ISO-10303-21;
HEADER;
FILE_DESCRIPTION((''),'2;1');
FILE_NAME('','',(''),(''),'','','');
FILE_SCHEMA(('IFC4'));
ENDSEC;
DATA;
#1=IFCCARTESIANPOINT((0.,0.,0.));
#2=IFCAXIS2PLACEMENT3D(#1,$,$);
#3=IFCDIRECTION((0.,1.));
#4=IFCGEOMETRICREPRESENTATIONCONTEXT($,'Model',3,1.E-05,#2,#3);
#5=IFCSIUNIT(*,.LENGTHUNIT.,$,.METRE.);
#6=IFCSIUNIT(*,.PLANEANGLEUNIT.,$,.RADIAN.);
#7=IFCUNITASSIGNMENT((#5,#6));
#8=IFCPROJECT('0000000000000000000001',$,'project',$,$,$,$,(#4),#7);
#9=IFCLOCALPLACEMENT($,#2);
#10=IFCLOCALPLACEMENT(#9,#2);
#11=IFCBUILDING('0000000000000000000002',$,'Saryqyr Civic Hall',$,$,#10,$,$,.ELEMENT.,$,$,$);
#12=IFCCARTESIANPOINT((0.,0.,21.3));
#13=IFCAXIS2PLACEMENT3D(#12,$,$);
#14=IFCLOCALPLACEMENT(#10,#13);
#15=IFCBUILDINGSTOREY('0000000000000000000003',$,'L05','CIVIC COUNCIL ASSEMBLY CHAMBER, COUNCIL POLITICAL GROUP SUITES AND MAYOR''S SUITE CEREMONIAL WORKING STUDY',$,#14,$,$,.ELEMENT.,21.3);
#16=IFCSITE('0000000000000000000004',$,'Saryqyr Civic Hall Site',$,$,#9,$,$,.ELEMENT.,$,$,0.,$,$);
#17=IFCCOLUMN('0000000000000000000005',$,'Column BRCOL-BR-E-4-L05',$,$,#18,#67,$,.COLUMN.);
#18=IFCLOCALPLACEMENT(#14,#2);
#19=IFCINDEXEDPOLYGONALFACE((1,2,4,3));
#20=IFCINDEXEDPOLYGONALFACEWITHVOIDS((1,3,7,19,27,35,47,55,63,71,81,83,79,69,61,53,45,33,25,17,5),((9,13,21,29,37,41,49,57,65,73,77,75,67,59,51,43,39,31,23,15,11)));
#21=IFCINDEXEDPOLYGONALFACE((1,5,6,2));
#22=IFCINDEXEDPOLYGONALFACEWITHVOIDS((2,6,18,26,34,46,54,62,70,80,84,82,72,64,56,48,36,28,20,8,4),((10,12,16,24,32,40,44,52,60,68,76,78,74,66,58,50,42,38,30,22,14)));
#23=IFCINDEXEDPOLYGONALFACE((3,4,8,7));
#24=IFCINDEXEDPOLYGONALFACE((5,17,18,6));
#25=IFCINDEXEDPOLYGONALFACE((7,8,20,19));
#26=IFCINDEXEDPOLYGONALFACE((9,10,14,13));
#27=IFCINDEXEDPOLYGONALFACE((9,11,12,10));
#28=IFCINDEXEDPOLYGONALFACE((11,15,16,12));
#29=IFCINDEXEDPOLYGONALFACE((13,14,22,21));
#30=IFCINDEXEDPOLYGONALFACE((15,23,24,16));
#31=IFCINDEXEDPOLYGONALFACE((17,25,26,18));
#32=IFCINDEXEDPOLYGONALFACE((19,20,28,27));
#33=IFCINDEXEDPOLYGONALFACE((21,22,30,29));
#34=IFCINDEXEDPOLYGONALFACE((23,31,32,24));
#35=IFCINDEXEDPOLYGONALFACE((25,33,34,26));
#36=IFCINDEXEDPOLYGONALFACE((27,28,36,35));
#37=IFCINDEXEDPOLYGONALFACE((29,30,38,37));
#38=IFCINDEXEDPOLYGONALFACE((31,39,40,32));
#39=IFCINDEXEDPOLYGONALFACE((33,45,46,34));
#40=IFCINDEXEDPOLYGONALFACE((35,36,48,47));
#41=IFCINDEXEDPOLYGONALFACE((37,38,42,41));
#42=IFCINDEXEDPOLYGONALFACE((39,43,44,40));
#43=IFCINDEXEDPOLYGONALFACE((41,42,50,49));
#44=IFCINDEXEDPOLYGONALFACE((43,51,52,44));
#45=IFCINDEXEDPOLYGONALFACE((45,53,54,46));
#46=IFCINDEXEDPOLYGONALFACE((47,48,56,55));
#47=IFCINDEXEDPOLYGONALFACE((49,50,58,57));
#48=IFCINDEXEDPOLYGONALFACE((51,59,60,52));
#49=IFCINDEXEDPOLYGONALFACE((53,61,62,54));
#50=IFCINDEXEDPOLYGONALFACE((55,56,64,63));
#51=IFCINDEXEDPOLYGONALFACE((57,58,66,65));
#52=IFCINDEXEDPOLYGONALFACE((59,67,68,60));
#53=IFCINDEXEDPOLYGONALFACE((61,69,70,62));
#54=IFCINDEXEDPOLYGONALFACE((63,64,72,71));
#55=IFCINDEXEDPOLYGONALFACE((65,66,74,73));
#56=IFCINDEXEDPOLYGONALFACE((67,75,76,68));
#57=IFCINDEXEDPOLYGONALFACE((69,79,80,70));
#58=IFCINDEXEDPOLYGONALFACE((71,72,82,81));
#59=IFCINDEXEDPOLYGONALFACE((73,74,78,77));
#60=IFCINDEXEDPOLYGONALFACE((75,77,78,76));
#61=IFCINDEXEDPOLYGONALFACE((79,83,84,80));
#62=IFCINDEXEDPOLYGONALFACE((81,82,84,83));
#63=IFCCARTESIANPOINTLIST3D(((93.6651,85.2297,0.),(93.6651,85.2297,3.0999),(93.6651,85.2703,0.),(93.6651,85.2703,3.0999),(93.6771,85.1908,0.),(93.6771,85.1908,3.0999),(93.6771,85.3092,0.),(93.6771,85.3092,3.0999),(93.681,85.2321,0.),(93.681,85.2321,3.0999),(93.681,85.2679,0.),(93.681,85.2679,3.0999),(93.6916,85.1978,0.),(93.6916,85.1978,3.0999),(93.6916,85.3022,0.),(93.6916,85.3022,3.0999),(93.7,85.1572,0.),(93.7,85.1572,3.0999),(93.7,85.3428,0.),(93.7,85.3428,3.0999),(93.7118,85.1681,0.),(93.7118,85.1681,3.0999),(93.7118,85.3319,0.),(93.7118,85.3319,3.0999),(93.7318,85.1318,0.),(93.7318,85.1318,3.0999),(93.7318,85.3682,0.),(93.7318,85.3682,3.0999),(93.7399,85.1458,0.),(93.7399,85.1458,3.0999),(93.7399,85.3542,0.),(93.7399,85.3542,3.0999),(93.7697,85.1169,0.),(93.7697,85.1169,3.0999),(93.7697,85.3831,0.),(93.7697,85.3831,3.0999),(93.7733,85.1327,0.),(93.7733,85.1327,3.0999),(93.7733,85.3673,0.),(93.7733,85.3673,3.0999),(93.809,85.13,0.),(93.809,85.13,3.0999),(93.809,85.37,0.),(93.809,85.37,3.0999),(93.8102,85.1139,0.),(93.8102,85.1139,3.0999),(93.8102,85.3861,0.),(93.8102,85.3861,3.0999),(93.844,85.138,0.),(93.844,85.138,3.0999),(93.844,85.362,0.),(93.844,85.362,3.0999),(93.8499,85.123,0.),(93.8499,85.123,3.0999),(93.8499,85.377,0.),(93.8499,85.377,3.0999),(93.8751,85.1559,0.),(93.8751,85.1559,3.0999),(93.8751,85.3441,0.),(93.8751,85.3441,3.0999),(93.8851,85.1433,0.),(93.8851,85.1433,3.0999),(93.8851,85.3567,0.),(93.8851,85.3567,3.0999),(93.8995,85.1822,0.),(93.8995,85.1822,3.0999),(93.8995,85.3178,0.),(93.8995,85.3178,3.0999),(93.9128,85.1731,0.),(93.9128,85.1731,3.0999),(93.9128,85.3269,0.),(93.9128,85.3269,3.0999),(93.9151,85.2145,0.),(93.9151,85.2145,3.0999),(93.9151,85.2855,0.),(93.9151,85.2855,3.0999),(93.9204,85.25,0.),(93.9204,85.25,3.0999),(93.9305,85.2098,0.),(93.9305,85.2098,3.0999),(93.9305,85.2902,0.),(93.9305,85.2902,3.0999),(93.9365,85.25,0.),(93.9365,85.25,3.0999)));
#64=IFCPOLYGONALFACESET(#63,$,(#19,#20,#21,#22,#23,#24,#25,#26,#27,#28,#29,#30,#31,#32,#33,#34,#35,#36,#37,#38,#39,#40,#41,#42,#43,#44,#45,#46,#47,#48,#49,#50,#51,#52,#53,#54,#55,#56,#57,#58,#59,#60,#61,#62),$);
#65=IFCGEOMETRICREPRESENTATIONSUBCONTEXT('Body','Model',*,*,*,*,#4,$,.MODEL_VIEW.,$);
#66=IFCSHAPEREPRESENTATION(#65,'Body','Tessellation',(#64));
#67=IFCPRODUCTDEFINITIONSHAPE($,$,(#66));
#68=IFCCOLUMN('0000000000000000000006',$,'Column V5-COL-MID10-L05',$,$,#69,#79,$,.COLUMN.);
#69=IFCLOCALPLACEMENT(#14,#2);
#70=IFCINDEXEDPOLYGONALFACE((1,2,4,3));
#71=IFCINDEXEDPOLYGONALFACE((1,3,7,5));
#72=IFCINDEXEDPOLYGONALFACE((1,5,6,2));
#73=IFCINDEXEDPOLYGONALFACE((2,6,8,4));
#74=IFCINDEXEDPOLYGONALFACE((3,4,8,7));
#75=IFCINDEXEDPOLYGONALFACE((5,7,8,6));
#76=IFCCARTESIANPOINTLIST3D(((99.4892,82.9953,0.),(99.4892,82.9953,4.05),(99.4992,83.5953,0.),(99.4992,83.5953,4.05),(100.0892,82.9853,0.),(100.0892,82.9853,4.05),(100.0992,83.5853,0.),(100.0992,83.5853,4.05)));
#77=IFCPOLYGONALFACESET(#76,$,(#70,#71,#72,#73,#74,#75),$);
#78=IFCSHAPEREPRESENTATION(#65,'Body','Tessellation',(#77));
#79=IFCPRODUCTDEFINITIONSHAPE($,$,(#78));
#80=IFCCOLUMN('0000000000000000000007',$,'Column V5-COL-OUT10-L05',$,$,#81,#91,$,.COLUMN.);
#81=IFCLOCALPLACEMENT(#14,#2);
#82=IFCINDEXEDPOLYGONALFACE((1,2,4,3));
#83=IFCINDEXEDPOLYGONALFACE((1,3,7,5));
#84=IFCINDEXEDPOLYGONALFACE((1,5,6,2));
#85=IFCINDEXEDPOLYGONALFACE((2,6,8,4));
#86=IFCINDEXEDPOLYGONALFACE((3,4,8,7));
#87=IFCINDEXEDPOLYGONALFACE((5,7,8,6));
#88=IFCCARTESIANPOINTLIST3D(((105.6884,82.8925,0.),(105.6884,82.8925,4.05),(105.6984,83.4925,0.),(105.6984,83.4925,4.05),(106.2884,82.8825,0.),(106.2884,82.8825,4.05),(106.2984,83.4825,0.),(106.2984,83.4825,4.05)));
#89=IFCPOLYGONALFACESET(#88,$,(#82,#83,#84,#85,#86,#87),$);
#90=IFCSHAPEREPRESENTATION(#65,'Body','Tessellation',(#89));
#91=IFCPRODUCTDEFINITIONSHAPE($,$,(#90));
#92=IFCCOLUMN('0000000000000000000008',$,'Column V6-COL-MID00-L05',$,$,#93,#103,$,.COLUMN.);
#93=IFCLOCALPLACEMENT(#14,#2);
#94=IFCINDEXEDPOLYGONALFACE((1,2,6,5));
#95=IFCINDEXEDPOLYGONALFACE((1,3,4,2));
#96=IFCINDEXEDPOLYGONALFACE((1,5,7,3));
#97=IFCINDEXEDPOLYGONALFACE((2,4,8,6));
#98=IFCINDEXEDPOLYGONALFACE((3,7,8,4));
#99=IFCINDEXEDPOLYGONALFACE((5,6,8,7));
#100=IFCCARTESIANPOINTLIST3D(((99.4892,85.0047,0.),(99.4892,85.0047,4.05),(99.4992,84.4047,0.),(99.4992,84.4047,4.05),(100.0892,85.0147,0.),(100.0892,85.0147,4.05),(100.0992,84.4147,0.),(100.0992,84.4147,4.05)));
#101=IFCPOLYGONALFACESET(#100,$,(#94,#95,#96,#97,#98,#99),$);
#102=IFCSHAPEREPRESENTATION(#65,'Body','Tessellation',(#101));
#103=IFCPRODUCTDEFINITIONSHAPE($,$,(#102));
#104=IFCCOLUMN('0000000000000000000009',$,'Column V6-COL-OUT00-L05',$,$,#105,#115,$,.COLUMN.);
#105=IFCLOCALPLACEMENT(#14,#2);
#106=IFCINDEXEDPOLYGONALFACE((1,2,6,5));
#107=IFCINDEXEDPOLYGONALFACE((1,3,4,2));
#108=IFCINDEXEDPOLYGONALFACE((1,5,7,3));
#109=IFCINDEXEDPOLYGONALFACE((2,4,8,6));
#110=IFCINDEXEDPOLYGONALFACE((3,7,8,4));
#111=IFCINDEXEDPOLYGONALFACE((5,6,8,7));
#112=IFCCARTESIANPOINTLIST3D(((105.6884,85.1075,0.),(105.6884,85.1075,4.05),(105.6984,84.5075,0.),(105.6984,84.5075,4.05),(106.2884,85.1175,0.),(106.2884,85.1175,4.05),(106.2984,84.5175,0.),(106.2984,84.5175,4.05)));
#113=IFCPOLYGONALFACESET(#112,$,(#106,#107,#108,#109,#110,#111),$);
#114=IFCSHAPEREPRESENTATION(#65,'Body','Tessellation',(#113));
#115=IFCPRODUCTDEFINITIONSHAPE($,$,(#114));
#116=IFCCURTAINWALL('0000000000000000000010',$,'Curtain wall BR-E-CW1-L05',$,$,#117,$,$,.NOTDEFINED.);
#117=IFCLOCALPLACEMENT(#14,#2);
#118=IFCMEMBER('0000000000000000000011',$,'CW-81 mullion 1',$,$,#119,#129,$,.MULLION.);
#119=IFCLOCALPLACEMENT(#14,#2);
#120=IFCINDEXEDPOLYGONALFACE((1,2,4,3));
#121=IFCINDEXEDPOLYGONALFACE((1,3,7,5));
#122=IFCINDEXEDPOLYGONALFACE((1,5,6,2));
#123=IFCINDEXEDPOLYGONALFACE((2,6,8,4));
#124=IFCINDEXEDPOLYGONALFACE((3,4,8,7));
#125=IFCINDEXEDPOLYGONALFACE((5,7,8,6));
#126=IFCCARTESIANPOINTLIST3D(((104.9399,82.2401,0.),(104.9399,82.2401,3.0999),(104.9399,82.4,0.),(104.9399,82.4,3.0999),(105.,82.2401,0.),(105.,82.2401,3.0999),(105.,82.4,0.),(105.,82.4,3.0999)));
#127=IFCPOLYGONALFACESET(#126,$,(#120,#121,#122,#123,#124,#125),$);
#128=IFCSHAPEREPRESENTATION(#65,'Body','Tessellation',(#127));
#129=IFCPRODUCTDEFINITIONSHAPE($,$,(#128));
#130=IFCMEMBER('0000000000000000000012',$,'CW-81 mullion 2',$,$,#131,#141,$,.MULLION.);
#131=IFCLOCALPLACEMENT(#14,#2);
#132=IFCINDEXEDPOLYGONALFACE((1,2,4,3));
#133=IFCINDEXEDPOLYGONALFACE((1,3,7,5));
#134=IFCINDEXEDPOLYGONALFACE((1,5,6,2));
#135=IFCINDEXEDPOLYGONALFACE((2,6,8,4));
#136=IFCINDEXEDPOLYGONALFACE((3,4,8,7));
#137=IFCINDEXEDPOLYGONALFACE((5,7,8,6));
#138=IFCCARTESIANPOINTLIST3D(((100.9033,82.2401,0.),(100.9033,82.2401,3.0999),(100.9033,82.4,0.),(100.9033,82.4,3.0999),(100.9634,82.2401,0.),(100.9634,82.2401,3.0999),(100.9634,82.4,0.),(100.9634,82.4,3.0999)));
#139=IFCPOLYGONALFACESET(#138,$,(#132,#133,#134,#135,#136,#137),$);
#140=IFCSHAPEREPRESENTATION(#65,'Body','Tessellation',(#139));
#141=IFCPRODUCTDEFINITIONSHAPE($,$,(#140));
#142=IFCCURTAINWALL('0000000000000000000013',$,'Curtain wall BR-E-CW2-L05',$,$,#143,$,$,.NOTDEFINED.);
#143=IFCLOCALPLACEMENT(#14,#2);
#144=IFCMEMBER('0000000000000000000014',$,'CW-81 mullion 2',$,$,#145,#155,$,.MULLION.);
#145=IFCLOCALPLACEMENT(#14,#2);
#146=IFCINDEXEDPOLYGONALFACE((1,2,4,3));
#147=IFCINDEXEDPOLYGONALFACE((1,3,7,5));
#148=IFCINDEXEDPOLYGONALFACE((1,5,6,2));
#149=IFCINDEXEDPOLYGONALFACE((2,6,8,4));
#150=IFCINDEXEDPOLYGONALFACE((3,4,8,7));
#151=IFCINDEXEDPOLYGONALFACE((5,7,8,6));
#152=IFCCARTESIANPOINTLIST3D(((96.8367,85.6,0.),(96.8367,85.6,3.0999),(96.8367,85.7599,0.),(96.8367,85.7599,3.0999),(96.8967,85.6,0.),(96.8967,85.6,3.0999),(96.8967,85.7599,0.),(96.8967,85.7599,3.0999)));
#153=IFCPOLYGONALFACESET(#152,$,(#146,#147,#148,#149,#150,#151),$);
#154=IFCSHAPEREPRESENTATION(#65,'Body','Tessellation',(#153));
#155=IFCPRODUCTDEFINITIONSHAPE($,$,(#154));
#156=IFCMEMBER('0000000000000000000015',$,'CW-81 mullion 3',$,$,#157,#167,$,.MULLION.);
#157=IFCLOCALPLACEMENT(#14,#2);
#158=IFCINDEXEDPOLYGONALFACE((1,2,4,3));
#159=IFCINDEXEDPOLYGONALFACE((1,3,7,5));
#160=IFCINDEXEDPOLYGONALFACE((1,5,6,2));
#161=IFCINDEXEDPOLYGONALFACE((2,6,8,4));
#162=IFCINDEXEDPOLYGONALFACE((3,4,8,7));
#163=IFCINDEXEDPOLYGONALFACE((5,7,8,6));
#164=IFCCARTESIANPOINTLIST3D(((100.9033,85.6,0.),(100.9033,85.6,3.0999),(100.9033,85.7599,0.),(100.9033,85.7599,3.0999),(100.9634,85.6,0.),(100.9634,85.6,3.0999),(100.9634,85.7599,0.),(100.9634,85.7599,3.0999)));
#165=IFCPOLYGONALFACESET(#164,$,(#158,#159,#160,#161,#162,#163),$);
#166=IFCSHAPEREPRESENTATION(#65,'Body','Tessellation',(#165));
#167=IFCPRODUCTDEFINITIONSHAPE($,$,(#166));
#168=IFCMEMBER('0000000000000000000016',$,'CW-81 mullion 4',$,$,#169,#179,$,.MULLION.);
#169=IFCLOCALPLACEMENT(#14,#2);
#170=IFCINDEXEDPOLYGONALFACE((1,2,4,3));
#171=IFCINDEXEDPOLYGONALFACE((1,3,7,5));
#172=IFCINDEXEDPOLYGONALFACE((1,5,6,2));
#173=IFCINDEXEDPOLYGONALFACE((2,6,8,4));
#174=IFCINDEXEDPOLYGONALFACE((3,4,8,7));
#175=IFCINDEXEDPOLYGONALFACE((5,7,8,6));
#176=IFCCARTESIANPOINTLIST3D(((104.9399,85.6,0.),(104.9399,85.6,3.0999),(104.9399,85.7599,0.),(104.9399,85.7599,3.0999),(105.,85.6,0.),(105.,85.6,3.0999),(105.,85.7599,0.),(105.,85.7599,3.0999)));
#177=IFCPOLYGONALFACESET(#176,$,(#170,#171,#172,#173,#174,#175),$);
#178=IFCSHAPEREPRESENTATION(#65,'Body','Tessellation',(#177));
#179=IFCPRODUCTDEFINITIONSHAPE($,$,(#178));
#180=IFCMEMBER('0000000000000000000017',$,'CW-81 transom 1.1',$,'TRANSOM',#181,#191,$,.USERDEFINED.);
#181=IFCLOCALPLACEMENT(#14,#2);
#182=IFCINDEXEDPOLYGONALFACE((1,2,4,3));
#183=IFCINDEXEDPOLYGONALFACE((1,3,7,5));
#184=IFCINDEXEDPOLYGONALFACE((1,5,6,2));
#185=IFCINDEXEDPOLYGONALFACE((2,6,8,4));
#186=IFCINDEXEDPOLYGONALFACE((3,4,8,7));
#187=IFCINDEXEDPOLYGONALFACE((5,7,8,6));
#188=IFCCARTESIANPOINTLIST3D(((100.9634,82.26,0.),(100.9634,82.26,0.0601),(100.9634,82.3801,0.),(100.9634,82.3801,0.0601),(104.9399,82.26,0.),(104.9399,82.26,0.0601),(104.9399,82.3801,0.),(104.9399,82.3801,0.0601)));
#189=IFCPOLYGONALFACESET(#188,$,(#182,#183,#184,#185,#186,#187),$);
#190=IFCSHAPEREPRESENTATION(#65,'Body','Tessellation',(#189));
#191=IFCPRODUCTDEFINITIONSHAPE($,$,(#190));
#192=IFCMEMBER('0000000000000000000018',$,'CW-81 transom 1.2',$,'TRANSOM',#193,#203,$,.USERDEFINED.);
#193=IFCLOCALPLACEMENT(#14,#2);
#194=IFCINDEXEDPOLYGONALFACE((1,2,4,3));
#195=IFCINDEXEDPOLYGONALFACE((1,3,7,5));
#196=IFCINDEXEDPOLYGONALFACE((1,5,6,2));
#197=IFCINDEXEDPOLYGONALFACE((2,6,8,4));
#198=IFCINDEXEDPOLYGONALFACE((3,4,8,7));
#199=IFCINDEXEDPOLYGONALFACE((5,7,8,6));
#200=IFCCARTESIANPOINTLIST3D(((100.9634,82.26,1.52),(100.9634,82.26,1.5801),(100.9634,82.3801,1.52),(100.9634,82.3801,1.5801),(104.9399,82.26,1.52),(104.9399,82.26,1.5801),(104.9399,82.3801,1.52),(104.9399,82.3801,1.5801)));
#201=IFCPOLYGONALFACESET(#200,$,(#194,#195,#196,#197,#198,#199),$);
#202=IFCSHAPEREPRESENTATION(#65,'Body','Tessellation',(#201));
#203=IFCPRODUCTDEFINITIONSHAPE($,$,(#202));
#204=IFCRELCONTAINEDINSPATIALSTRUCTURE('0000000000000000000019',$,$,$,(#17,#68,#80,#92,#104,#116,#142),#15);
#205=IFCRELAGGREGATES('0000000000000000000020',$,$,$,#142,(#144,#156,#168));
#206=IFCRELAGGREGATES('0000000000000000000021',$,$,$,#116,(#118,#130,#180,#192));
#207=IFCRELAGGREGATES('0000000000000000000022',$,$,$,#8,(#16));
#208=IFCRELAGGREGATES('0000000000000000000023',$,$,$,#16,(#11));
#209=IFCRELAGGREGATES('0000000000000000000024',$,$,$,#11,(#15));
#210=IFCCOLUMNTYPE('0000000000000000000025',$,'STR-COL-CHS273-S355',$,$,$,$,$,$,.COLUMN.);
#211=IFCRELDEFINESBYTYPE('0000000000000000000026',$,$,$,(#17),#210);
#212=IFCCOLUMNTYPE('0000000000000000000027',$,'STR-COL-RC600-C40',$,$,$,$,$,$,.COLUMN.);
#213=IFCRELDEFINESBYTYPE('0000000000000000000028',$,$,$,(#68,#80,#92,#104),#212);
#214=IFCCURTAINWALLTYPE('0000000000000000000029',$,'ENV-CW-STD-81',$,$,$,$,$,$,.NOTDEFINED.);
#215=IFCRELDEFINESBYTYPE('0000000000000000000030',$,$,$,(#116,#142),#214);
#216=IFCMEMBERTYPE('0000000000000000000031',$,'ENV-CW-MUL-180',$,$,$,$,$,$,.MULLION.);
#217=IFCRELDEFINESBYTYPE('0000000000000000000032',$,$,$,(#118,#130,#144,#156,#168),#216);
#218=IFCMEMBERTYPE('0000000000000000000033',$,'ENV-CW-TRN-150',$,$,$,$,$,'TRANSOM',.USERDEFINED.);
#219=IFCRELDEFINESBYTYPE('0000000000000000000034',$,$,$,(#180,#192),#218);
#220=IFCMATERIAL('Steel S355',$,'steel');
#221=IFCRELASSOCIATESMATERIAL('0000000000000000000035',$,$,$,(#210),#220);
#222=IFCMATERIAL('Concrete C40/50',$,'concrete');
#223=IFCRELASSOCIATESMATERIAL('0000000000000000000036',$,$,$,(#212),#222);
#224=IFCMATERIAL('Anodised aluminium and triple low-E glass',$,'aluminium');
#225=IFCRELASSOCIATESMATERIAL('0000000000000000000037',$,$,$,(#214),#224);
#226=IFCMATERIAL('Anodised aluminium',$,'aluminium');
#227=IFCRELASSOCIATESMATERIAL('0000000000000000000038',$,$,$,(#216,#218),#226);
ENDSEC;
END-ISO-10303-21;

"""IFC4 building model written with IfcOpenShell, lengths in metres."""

from ifc_helpers import new_model, si_unit, direction, frame, origin, origin_2d, place, context, subcontext, project, spatial, rectangle, hollow_circle, extrude, material, material_profile, profile_set, type_object, element, aggregate, save


model = new_model("IFC4")

# Units and contexts
model_context = context("Model", 3, precision=1e-05, world=origin(), true_north=direction((0.0, 1.0)))
body_context = subcontext(model_context, "Body", "Model", "MODEL_VIEW")
ifc_project = project(units=[si_unit("LENGTHUNIT", "METRE"), si_unit("PLANEANGLEUNIT", "RADIAN")], contexts=[model_context])

# Site, building, storey
site_placement = place(None, origin())
site = spatial("IfcSite", under=ifc_project, at=site_placement, Name="Saryqyr Civic Hall Site", CompositionType="ELEMENT", RefElevation=0.0)
building_placement = place(site_placement, origin())
building = spatial("IfcBuilding", under=site, at=building_placement, Name="Saryqyr Civic Hall", CompositionType="ELEMENT")
storey_placement = place(building_placement, frame((0.0, 0.0, 21.3)))
storey = spatial("IfcBuildingStorey", under=building, at=storey_placement, Name="L05", Description="CIVIC COUNCIL ASSEMBLY CHAMBER, COUNCIL POLITICAL GROUP SUITES AND MAYOR'S SUITE CEREMONIAL WORKING STUDY", CompositionType="ELEMENT", Elevation=21.3)

# Columns
ifc_material_1 = material(Name="Steel S355", Category="steel")
ifc_material_profile_1 = material_profile(ifc_material_1, hollow_circle(Radius=0.1365, WallThickness=0.0161, at=origin_2d()), Name="CHS 273x16")
ifc_profile_set_1 = profile_set([ifc_material_profile_1], Name="Steel S355")
column_type_1 = type_object("IfcColumnType", Name="STR-COL-CHS273-S355", PredefinedType="COLUMN", material=ifc_profile_set_1)
for number, where, z_axis, x_axis, name in (
    (1, (93.8, 85.25, 0.0), (0.0, 0.0, 1.0), (1.0, 0.0, 0.0), "Column BRCOL-BR-E-4-L05"),
):
    element("IfcColumn", number, at=place(storey_placement, frame(where, z_axis=z_axis, x_axis=x_axis)), inside=storey, type_object=column_type_1, Name=name, PredefinedType="COLUMN", context=body_context, shape_type="SweptSolid", body=[
        extrude(hollow_circle(Radius=0.1365, WallThickness=0.0161, at=origin_2d()), origin(), (0.0, 0.0, 1.0), 3.0999),
    ])
ifc_material_2 = material(Name="Concrete C40/50", Category="concrete")
ifc_material_profile_2 = material_profile(ifc_material_2, rectangle(XDim=0.6001, YDim=0.6001, at=origin_2d()), Name="RC 600x600")
ifc_profile_set_2 = profile_set([ifc_material_profile_2], Name="Concrete C40/50")
column_type_2 = type_object("IfcColumnType", Name="STR-COL-RC600-C40", PredefinedType="COLUMN", material=ifc_profile_set_2)
for number, where, z_axis, x_axis, name in (
    (2, (99.7942, 83.2903, 0.0), (0.0, 0.0, 1.0), (0.999863, -0.01658, 0.0), "Column V5-COL-MID10-L05"),
    (3, (105.9934, 83.1875, 0.0), (0.0, 0.0, 1.0), (0.999863, -0.01658, 0.0), "Column V5-COL-OUT10-L05"),
    (4, (99.7942, 84.7097, 0.0), (0.0, 0.0, 1.0), (0.999863, 0.01658, 0.0), "Column V6-COL-MID00-L05"),
    (5, (105.9934, 84.8125, 0.0), (0.0, 0.0, 1.0), (0.999863, 0.01658, 0.0), "Column V6-COL-OUT00-L05"),
):
    element("IfcColumn", number, at=place(storey_placement, frame(where, z_axis=z_axis, x_axis=x_axis)), inside=storey, type_object=column_type_2, Name=name, PredefinedType="COLUMN", context=body_context, shape_type="SweptSolid", body=[
        extrude(rectangle(XDim=0.6001, YDim=0.6001, at=origin_2d()), origin(), (0.0, 0.0, 1.0), 4.05),
    ])

# Curtain walls, members
ifc_material_3 = material(Name="Anodised aluminium and triple low-E glass", Category="aluminium")
curtain_wall_type = type_object("IfcCurtainWallType", Name="ENV-CW-STD-81", PredefinedType="NOTDEFINED", material=ifc_material_3)
curtain_wall_1_placement = place(storey_placement, origin())
curtain_wall_1 = element("IfcCurtainWall", 6, at=curtain_wall_1_placement, inside=storey, type_object=curtain_wall_type, Name="Curtain wall BR-E-CW1-L05", PredefinedType="NOTDEFINED")
ifc_material_4 = material(Name="Anodised aluminium", Category="aluminium")
ifc_material_profile_3 = material_profile(ifc_material_4, rectangle(XDim=0.0601, YDim=0.1599, at=origin_2d()), Name="ALU MULLION 60x160")
ifc_profile_set_3 = profile_set([ifc_material_profile_3], Name="Anodised aluminium")
member_type_1 = type_object("IfcMemberType", Name="ENV-CW-MUL-180", PredefinedType="MULLION", material=ifc_profile_set_3)
member_1_placement = place(storey_placement, frame((104.97, 82.3201, 0.0), z_axis=(0.0, 0.0, 1.0), x_axis=(-1.0, 0.0, 0.0)))
member_1 = element("IfcMember", 7, at=member_1_placement, type_object=member_type_1, Name="CW-81 mullion 1", PredefinedType="MULLION", context=body_context, shape_type="SweptSolid", body=[
    extrude(rectangle(XDim=0.0601, YDim=0.1599, at=origin_2d()), origin(), (0.0, 0.0, 1.0), 3.0999),
])
member_2_placement = place(storey_placement, frame((100.9333, 82.3201, 0.0), z_axis=(0.0, 0.0, 1.0), x_axis=(-1.0, 0.0, 0.0)))
member_2 = element("IfcMember", 8, at=member_2_placement, type_object=member_type_1, Name="CW-81 mullion 2", PredefinedType="MULLION", context=body_context, shape_type="SweptSolid", body=[
    extrude(rectangle(XDim=0.0601, YDim=0.1599, at=origin_2d()), origin(), (0.0, 0.0, 1.0), 3.0999),
])
curtain_wall_2_placement = place(storey_placement, origin())
curtain_wall_2 = element("IfcCurtainWall", 9, at=curtain_wall_2_placement, inside=storey, type_object=curtain_wall_type, Name="Curtain wall BR-E-CW2-L05", PredefinedType="NOTDEFINED")
member_3_placement = place(storey_placement, frame((96.8667, 85.6799, 0.0), z_axis=(0.0, 0.0, 1.0), x_axis=(1.0, 0.0, 0.0)))
member_3 = element("IfcMember", 10, at=member_3_placement, type_object=member_type_1, Name="CW-81 mullion 2", PredefinedType="MULLION", context=body_context, shape_type="SweptSolid", body=[
    extrude(rectangle(XDim=0.0601, YDim=0.1599, at=origin_2d()), origin(), (0.0, 0.0, 1.0), 3.0999),
])
member_4_placement = place(storey_placement, frame((100.9333, 85.6799, 0.0), z_axis=(0.0, 0.0, 1.0), x_axis=(1.0, 0.0, 0.0)))
member_4 = element("IfcMember", 11, at=member_4_placement, type_object=member_type_1, Name="CW-81 mullion 3", PredefinedType="MULLION", context=body_context, shape_type="SweptSolid", body=[
    extrude(rectangle(XDim=0.0601, YDim=0.1599, at=origin_2d()), origin(), (0.0, 0.0, 1.0), 3.0999),
])
member_5_placement = place(storey_placement, frame((104.97, 85.6799, 0.0), z_axis=(0.0, 0.0, 1.0), x_axis=(1.0, 0.0, 0.0)))
member_5 = element("IfcMember", 12, at=member_5_placement, type_object=member_type_1, Name="CW-81 mullion 4", PredefinedType="MULLION", context=body_context, shape_type="SweptSolid", body=[
    extrude(rectangle(XDim=0.0601, YDim=0.1599, at=origin_2d()), origin(), (0.0, 0.0, 1.0), 3.0999),
])
aggregate(curtain_wall_2, [member_3, member_4, member_5])

# Members
ifc_material_profile_4 = material_profile(ifc_material_4, rectangle(XDim=0.1201, YDim=0.0601, at=origin_2d()), Name="ALU TRANSOM 120x60")
ifc_profile_set_4 = profile_set([ifc_material_profile_4], Name="Anodised aluminium")
member_type_2 = type_object("IfcMemberType", Name="ENV-CW-TRN-150", ElementType="TRANSOM", PredefinedType="USERDEFINED", material=ifc_profile_set_4)
member_6_placement = place(storey_placement, frame((104.9399, 82.3201, 0.03), z_axis=(-1.0, 0.0, 0.0), x_axis=(0.0, -1.0, 0.0)))
member_6 = element("IfcMember", 13, at=member_6_placement, type_object=member_type_2, Name="CW-81 transom 1.1", ObjectType="TRANSOM", PredefinedType="USERDEFINED", context=body_context, shape_type="SweptSolid", body=[
    extrude(rectangle(XDim=0.1201, YDim=0.0601, at=origin_2d()), origin(), (0.0, 0.0, 1.0), 3.9766),
])
member_7_placement = place(storey_placement, frame((104.9399, 82.3201, 1.55), z_axis=(-1.0, 0.0, 0.0), x_axis=(0.0, -1.0, 0.0)))
member_7 = element("IfcMember", 14, at=member_7_placement, type_object=member_type_2, Name="CW-81 transom 1.2", ObjectType="TRANSOM", PredefinedType="USERDEFINED", context=body_context, shape_type="SweptSolid", body=[
    extrude(rectangle(XDim=0.1201, YDim=0.0601, at=origin_2d()), origin(), (0.0, 0.0, 1.0), 3.9766),
])

aggregate(curtain_wall_1, [member_1, member_2, member_6, member_7])

save(model, "model.ifc")
